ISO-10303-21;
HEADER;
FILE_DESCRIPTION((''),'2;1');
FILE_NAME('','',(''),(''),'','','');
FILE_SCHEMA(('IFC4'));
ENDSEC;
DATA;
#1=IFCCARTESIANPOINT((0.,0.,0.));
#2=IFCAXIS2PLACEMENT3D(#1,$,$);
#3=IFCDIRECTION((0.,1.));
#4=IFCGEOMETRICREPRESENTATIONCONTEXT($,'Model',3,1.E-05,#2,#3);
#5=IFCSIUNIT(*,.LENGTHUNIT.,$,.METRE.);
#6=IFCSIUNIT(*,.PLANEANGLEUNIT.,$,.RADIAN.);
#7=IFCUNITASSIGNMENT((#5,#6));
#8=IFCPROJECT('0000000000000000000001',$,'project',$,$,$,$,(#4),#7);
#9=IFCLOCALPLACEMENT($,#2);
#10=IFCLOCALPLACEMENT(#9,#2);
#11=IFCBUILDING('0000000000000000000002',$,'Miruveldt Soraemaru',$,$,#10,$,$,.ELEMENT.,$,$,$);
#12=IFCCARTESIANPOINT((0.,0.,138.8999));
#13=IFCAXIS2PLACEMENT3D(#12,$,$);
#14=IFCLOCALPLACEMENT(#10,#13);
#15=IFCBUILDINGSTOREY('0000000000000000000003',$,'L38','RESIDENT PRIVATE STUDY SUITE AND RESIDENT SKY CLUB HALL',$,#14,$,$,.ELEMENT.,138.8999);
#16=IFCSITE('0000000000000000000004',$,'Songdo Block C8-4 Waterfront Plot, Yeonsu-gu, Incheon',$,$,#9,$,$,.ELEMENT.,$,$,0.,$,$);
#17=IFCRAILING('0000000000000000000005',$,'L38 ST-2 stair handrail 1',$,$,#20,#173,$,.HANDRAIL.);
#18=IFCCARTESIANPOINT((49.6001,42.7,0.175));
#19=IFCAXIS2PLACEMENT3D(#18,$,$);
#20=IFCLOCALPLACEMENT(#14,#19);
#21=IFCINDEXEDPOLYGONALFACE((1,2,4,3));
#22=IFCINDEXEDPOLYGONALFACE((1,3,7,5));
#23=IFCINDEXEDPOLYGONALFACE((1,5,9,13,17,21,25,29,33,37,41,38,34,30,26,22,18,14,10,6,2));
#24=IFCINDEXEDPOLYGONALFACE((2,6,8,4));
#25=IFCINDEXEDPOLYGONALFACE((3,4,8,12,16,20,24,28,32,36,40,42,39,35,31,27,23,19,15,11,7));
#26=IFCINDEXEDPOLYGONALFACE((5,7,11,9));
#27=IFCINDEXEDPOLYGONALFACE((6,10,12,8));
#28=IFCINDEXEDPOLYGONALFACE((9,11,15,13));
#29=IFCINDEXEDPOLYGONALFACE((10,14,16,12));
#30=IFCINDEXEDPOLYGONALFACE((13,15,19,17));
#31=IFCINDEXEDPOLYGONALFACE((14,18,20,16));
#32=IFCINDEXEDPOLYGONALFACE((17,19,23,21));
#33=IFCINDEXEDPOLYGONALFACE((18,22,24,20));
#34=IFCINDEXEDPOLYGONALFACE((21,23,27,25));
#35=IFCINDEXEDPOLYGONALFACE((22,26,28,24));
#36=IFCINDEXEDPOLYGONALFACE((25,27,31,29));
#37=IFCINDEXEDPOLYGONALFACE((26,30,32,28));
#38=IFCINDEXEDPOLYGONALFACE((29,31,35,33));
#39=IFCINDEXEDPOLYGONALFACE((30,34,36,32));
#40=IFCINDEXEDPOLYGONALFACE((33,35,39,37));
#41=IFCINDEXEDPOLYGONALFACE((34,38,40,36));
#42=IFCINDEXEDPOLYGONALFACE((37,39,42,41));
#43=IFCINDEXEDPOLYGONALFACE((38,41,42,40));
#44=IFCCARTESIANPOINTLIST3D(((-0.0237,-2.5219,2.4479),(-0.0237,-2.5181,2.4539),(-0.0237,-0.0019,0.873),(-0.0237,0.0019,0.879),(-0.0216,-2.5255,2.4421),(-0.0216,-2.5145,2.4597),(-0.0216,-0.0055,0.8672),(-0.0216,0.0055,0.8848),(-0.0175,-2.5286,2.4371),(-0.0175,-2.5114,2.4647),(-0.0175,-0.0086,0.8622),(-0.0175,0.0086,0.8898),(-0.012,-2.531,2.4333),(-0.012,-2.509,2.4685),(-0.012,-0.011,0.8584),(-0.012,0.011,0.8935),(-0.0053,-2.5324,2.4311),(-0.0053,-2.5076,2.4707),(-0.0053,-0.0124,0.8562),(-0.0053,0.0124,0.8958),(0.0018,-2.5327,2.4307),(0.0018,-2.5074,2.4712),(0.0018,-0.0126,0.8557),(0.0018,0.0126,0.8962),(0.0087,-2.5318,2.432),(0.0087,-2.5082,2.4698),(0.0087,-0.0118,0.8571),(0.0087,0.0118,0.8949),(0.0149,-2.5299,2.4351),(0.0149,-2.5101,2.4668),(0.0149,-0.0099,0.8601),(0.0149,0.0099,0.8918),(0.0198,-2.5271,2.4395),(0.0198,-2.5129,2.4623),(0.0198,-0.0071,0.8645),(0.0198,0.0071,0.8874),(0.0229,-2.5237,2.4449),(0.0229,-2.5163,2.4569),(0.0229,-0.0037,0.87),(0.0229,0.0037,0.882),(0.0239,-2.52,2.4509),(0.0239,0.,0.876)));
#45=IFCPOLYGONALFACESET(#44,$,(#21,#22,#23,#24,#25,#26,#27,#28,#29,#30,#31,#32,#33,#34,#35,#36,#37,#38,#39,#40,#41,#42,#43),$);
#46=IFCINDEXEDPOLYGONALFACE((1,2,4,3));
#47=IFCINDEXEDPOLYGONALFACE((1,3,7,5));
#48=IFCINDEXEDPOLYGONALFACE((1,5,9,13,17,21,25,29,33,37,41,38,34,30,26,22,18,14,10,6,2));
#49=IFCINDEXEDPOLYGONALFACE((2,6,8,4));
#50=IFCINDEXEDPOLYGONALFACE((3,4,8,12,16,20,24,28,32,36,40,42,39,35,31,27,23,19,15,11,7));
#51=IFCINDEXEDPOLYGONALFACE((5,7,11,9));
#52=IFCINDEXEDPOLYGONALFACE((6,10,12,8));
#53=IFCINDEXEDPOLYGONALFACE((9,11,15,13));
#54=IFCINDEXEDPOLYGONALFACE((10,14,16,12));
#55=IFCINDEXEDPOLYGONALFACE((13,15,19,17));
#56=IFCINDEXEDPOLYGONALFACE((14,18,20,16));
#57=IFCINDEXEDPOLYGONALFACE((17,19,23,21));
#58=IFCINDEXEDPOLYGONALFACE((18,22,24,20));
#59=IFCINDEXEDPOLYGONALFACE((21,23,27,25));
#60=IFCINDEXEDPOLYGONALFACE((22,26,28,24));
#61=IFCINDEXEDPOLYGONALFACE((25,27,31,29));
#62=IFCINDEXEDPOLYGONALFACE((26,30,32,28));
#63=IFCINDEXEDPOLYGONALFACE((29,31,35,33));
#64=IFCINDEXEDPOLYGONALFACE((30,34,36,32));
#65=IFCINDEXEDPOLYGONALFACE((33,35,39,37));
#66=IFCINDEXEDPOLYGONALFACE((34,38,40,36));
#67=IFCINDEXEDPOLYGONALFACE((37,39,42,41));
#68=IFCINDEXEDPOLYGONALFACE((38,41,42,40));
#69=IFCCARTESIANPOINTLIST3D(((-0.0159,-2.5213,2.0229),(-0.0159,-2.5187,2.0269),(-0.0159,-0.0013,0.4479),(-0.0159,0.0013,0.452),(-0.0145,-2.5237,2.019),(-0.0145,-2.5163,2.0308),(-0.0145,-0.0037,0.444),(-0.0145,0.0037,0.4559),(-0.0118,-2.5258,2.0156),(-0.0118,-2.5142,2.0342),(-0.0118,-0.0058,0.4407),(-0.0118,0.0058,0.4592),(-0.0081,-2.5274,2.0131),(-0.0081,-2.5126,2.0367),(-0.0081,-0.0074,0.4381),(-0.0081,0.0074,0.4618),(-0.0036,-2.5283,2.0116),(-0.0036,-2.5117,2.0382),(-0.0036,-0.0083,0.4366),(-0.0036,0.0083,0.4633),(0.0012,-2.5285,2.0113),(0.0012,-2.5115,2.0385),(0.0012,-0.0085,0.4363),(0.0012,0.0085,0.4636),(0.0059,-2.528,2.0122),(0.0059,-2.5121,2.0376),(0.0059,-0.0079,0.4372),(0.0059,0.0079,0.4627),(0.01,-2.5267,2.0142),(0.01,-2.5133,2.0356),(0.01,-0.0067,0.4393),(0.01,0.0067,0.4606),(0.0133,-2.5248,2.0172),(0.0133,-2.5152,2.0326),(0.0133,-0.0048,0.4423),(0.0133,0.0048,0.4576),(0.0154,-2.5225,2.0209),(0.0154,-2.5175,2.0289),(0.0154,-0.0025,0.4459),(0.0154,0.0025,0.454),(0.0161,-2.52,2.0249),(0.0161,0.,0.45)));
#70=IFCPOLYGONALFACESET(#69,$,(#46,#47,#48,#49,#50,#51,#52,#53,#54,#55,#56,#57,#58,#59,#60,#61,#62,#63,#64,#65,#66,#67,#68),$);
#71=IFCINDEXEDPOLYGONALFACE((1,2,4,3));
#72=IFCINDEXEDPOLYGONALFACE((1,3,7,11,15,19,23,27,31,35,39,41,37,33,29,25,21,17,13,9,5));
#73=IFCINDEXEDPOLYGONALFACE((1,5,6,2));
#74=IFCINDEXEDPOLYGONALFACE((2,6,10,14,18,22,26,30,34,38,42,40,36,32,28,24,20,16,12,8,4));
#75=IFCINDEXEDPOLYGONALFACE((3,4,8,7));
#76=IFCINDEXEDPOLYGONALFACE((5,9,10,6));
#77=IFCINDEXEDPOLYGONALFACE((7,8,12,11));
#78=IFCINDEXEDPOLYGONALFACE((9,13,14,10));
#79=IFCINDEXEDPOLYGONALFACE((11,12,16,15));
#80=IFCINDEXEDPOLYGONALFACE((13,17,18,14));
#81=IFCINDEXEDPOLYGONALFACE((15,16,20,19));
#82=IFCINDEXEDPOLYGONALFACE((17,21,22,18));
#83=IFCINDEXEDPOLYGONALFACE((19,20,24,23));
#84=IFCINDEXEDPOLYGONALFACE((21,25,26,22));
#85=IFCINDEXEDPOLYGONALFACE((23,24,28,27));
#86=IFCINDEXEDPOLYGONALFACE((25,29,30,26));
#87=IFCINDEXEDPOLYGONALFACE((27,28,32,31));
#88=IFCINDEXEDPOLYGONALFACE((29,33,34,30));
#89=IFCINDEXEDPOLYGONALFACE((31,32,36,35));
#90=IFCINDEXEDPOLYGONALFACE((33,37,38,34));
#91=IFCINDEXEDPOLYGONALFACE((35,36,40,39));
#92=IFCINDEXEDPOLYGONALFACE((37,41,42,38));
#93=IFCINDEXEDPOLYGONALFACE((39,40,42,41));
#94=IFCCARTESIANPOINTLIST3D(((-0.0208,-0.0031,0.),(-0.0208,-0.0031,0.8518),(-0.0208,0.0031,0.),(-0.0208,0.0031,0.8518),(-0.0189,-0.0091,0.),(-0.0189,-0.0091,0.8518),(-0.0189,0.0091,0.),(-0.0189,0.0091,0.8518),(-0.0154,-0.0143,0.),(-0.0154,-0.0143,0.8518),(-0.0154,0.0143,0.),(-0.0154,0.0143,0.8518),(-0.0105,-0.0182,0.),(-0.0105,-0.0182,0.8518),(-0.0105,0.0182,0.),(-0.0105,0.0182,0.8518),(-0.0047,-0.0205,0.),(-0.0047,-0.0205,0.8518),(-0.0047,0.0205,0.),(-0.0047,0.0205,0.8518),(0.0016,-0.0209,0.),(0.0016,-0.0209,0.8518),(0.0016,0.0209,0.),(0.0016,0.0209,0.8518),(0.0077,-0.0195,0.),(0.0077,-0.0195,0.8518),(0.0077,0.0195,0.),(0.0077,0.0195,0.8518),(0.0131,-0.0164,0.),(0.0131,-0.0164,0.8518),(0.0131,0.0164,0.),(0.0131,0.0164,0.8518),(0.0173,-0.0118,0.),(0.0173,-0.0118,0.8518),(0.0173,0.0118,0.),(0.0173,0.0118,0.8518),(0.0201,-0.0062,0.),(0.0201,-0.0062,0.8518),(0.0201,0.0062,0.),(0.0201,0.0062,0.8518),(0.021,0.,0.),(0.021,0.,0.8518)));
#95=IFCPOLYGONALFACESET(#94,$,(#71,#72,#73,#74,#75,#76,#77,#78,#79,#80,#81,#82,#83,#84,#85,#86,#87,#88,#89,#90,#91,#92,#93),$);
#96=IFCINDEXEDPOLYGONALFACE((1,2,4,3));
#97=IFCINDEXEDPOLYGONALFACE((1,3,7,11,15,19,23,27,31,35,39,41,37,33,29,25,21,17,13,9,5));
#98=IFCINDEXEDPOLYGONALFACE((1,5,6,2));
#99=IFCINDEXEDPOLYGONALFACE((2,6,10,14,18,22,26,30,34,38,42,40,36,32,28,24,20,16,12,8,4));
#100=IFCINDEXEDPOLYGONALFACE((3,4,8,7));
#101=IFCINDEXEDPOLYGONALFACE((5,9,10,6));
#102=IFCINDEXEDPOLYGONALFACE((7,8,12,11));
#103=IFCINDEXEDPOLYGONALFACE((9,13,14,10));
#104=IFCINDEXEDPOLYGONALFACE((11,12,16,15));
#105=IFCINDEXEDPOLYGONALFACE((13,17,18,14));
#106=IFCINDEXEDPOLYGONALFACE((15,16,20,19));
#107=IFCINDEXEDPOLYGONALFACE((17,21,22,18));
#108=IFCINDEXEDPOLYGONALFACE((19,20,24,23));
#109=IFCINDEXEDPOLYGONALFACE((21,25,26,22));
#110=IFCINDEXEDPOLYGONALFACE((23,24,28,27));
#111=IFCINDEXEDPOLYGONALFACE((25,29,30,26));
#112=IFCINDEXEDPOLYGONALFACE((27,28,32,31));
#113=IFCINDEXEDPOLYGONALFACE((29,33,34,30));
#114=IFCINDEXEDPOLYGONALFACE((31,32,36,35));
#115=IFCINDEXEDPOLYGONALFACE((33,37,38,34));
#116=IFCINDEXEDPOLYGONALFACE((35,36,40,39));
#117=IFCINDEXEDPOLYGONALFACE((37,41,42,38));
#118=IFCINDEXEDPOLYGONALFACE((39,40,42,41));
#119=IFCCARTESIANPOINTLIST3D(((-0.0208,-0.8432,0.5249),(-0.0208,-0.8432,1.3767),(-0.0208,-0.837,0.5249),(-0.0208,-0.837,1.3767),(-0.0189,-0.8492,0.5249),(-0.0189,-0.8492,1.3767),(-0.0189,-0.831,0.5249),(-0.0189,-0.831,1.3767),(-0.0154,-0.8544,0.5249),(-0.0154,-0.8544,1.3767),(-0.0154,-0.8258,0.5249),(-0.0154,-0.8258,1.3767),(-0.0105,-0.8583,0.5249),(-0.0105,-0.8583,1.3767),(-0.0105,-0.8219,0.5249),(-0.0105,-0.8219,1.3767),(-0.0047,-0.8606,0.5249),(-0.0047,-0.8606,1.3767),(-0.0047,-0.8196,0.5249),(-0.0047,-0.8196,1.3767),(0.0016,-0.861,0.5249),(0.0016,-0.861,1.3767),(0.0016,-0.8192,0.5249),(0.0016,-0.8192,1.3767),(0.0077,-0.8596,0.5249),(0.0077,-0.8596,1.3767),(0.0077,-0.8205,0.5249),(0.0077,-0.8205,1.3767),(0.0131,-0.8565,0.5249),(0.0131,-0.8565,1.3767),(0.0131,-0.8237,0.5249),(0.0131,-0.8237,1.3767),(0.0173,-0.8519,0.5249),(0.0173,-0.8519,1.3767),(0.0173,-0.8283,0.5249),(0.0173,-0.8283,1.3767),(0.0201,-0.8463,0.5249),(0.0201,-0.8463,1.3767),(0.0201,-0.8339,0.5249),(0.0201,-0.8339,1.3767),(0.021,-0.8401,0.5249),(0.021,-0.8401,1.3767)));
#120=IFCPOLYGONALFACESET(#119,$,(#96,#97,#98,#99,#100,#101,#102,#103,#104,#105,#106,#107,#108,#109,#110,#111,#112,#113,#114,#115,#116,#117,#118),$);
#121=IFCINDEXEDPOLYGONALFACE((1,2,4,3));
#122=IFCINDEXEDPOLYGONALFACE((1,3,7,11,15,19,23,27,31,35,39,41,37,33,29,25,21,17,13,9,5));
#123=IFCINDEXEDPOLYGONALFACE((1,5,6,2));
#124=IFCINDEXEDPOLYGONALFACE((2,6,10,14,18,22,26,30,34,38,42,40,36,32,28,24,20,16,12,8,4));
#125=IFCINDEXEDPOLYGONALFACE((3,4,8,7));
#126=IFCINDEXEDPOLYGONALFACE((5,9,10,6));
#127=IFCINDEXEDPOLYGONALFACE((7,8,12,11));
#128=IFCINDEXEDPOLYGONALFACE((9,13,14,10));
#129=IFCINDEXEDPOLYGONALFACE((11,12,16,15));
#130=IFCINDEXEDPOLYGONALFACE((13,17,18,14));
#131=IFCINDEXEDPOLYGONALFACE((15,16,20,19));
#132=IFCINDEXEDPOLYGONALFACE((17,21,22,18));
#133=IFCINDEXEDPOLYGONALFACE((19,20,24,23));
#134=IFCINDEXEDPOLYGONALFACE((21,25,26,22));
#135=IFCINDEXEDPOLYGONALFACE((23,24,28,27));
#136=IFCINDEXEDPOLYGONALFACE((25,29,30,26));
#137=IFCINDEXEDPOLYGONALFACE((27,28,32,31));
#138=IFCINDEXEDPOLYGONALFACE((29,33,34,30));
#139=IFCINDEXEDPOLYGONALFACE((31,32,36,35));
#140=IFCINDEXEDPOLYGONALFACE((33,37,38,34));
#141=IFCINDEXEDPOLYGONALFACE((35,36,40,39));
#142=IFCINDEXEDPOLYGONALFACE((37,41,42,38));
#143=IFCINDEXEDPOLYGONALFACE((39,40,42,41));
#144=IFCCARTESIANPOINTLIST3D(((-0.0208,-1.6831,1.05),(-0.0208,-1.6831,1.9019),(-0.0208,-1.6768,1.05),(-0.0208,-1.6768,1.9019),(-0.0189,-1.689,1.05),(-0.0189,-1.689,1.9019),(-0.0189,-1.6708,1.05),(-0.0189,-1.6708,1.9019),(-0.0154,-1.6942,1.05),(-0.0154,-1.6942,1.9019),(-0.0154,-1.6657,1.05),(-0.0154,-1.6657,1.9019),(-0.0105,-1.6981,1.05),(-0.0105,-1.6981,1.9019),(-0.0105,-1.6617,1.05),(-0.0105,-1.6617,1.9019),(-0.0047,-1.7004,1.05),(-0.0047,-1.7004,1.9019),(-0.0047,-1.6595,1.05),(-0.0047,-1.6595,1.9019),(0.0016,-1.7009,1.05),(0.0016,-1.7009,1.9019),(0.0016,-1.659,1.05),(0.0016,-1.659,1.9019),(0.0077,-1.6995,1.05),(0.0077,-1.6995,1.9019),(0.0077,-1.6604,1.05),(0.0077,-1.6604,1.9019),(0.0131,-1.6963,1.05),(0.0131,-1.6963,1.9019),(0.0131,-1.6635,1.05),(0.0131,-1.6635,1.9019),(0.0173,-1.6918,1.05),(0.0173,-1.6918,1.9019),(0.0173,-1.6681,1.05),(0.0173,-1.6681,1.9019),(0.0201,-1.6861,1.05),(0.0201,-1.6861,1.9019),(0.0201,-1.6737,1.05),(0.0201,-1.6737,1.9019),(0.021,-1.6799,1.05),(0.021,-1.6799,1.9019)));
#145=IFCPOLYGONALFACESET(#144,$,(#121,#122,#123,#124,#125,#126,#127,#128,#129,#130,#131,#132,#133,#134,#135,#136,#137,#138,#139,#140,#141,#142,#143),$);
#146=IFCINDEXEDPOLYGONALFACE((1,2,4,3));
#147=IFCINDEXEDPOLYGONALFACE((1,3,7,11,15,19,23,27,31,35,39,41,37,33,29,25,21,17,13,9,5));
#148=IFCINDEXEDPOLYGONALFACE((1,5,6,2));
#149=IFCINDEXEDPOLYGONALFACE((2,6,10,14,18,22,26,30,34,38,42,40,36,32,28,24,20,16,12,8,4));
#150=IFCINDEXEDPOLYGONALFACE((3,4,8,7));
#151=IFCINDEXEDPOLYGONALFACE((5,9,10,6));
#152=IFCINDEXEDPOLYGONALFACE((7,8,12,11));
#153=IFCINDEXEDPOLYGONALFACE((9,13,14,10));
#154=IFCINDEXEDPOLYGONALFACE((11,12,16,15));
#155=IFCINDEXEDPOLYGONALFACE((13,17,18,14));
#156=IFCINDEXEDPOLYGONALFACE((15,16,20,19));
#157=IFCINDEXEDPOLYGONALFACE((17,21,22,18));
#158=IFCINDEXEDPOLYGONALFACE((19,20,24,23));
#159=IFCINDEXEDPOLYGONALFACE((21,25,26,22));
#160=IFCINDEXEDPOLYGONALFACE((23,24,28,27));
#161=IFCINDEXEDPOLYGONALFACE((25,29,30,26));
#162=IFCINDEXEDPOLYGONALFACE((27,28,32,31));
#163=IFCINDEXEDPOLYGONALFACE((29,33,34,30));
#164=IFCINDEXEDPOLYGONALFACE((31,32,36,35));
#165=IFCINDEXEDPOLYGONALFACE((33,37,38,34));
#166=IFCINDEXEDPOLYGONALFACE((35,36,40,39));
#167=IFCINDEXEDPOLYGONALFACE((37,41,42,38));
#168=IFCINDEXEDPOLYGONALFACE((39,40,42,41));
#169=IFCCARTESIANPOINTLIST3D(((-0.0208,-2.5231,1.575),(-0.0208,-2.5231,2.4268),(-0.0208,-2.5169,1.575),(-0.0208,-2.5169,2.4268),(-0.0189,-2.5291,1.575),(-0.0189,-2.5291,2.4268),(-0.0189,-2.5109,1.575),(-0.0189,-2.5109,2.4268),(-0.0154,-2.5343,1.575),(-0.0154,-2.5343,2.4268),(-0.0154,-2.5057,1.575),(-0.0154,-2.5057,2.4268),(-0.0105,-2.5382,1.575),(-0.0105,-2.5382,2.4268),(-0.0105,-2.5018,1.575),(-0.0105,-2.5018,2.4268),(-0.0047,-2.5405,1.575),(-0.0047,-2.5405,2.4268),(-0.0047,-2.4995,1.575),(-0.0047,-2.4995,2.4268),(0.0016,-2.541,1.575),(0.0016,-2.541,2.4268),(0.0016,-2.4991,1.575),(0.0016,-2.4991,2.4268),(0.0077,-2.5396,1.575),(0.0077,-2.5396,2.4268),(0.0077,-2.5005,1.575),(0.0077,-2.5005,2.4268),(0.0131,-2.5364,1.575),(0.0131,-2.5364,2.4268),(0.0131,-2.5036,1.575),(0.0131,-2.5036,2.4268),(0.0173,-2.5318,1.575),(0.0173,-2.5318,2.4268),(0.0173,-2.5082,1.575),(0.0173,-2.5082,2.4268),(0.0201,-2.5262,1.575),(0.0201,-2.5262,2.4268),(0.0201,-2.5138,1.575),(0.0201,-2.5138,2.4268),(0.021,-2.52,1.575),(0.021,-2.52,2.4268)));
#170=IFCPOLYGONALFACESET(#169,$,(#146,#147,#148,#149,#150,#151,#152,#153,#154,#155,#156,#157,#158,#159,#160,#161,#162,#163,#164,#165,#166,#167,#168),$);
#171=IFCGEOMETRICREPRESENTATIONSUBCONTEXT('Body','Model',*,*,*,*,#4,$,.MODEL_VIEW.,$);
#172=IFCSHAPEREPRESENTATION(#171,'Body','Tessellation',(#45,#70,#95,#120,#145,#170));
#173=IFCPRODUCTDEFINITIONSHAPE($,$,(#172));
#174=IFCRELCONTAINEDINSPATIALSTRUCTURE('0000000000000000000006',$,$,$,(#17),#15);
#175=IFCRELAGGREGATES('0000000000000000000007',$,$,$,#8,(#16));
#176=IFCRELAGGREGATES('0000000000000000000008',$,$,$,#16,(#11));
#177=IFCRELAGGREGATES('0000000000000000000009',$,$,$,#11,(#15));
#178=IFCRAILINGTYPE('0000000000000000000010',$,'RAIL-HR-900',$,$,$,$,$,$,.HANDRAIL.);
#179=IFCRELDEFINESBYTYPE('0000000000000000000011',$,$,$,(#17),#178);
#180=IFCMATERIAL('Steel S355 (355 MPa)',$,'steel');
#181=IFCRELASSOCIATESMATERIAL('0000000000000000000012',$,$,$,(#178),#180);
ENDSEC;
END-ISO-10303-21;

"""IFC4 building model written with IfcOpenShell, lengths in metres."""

from ifc_helpers import new_model, si_unit, direction, frame, origin, origin_2d, place, context, subcontext, project, spatial, circle, extrude, material, type_object, element, save


model = new_model("IFC4")

# Units and contexts
model_context = context("Model", 3, precision=1e-05, world=origin(), true_north=direction((0.0, 1.0)))
body_context = subcontext(model_context, "Body", "Model", "MODEL_VIEW")
ifc_project = project(units=[si_unit("LENGTHUNIT", "METRE"), si_unit("PLANEANGLEUNIT", "RADIAN")], contexts=[model_context])

# Site, building, storey
site_placement = place(None, origin())
site = spatial("IfcSite", under=ifc_project, at=site_placement, Name="Songdo Block C8-4 Waterfront Plot, Yeonsu-gu, Incheon", CompositionType="ELEMENT", RefElevation=0.0)
building_placement = place(site_placement, origin())
building = spatial("IfcBuilding", under=site, at=building_placement, Name="Miruveldt Soraemaru", CompositionType="ELEMENT")
storey_placement = place(building_placement, frame((0.0, 0.0, 138.8999)))
storey = spatial("IfcBuildingStorey", under=building, at=storey_placement, Name="L38", Description="RESIDENT PRIVATE STUDY SUITE AND RESIDENT SKY CLUB HALL", CompositionType="ELEMENT", Elevation=138.8999)

# Railing
ifc_material_1 = material(Name="Steel S355 (355 MPa)", Category="steel")
railing_type_1 = type_object("IfcRailingType", Name="RAIL-HR-900", PredefinedType="HANDRAIL", material=ifc_material_1)
railing_1_placement = place(storey_placement, frame((49.6001, 42.7, 0.175)))
element("IfcRailing", 1, at=railing_1_placement, inside=storey, type_object=railing_type_1, Name="L38 ST-2 stair handrail 1", PredefinedType="HANDRAIL", context=body_context, shape_type="SweptSolid", body=[
    extrude(circle(Radius=0.0239, at=origin_2d()), frame((0.0, 0.0, 0.876), z_axis=(0.0, -0.848008, 0.529984), x_axis=(1.0, 0.0, 0.0)), (0.0, 0.0, 1.0), 2.9717),
    extrude(circle(Radius=0.0161, at=origin_2d()), frame((0.0, 0.0, 0.45), z_axis=(0.0, -0.848008, 0.529984), x_axis=(1.0, 0.0, 0.0)), (0.0, 0.0, 1.0), 2.9717),
    extrude(circle(Radius=0.021, at=origin_2d()), origin(), (0.0, 0.0, 1.0), 0.8518),
    extrude(circle(Radius=0.021, at=origin_2d()), frame((0.0, -0.8401, 0.5249)), (0.0, 0.0, 1.0), 0.8518),
    extrude(circle(Radius=0.021, at=origin_2d()), frame((0.0, -1.6799, 1.05)), (0.0, 0.0, 1.0), 0.8518),
    extrude(circle(Radius=0.021, at=origin_2d()), frame((0.0, -2.52, 1.575)), (0.0, 0.0, 1.0), 0.8518),
])

save(model, "model.ifc")
